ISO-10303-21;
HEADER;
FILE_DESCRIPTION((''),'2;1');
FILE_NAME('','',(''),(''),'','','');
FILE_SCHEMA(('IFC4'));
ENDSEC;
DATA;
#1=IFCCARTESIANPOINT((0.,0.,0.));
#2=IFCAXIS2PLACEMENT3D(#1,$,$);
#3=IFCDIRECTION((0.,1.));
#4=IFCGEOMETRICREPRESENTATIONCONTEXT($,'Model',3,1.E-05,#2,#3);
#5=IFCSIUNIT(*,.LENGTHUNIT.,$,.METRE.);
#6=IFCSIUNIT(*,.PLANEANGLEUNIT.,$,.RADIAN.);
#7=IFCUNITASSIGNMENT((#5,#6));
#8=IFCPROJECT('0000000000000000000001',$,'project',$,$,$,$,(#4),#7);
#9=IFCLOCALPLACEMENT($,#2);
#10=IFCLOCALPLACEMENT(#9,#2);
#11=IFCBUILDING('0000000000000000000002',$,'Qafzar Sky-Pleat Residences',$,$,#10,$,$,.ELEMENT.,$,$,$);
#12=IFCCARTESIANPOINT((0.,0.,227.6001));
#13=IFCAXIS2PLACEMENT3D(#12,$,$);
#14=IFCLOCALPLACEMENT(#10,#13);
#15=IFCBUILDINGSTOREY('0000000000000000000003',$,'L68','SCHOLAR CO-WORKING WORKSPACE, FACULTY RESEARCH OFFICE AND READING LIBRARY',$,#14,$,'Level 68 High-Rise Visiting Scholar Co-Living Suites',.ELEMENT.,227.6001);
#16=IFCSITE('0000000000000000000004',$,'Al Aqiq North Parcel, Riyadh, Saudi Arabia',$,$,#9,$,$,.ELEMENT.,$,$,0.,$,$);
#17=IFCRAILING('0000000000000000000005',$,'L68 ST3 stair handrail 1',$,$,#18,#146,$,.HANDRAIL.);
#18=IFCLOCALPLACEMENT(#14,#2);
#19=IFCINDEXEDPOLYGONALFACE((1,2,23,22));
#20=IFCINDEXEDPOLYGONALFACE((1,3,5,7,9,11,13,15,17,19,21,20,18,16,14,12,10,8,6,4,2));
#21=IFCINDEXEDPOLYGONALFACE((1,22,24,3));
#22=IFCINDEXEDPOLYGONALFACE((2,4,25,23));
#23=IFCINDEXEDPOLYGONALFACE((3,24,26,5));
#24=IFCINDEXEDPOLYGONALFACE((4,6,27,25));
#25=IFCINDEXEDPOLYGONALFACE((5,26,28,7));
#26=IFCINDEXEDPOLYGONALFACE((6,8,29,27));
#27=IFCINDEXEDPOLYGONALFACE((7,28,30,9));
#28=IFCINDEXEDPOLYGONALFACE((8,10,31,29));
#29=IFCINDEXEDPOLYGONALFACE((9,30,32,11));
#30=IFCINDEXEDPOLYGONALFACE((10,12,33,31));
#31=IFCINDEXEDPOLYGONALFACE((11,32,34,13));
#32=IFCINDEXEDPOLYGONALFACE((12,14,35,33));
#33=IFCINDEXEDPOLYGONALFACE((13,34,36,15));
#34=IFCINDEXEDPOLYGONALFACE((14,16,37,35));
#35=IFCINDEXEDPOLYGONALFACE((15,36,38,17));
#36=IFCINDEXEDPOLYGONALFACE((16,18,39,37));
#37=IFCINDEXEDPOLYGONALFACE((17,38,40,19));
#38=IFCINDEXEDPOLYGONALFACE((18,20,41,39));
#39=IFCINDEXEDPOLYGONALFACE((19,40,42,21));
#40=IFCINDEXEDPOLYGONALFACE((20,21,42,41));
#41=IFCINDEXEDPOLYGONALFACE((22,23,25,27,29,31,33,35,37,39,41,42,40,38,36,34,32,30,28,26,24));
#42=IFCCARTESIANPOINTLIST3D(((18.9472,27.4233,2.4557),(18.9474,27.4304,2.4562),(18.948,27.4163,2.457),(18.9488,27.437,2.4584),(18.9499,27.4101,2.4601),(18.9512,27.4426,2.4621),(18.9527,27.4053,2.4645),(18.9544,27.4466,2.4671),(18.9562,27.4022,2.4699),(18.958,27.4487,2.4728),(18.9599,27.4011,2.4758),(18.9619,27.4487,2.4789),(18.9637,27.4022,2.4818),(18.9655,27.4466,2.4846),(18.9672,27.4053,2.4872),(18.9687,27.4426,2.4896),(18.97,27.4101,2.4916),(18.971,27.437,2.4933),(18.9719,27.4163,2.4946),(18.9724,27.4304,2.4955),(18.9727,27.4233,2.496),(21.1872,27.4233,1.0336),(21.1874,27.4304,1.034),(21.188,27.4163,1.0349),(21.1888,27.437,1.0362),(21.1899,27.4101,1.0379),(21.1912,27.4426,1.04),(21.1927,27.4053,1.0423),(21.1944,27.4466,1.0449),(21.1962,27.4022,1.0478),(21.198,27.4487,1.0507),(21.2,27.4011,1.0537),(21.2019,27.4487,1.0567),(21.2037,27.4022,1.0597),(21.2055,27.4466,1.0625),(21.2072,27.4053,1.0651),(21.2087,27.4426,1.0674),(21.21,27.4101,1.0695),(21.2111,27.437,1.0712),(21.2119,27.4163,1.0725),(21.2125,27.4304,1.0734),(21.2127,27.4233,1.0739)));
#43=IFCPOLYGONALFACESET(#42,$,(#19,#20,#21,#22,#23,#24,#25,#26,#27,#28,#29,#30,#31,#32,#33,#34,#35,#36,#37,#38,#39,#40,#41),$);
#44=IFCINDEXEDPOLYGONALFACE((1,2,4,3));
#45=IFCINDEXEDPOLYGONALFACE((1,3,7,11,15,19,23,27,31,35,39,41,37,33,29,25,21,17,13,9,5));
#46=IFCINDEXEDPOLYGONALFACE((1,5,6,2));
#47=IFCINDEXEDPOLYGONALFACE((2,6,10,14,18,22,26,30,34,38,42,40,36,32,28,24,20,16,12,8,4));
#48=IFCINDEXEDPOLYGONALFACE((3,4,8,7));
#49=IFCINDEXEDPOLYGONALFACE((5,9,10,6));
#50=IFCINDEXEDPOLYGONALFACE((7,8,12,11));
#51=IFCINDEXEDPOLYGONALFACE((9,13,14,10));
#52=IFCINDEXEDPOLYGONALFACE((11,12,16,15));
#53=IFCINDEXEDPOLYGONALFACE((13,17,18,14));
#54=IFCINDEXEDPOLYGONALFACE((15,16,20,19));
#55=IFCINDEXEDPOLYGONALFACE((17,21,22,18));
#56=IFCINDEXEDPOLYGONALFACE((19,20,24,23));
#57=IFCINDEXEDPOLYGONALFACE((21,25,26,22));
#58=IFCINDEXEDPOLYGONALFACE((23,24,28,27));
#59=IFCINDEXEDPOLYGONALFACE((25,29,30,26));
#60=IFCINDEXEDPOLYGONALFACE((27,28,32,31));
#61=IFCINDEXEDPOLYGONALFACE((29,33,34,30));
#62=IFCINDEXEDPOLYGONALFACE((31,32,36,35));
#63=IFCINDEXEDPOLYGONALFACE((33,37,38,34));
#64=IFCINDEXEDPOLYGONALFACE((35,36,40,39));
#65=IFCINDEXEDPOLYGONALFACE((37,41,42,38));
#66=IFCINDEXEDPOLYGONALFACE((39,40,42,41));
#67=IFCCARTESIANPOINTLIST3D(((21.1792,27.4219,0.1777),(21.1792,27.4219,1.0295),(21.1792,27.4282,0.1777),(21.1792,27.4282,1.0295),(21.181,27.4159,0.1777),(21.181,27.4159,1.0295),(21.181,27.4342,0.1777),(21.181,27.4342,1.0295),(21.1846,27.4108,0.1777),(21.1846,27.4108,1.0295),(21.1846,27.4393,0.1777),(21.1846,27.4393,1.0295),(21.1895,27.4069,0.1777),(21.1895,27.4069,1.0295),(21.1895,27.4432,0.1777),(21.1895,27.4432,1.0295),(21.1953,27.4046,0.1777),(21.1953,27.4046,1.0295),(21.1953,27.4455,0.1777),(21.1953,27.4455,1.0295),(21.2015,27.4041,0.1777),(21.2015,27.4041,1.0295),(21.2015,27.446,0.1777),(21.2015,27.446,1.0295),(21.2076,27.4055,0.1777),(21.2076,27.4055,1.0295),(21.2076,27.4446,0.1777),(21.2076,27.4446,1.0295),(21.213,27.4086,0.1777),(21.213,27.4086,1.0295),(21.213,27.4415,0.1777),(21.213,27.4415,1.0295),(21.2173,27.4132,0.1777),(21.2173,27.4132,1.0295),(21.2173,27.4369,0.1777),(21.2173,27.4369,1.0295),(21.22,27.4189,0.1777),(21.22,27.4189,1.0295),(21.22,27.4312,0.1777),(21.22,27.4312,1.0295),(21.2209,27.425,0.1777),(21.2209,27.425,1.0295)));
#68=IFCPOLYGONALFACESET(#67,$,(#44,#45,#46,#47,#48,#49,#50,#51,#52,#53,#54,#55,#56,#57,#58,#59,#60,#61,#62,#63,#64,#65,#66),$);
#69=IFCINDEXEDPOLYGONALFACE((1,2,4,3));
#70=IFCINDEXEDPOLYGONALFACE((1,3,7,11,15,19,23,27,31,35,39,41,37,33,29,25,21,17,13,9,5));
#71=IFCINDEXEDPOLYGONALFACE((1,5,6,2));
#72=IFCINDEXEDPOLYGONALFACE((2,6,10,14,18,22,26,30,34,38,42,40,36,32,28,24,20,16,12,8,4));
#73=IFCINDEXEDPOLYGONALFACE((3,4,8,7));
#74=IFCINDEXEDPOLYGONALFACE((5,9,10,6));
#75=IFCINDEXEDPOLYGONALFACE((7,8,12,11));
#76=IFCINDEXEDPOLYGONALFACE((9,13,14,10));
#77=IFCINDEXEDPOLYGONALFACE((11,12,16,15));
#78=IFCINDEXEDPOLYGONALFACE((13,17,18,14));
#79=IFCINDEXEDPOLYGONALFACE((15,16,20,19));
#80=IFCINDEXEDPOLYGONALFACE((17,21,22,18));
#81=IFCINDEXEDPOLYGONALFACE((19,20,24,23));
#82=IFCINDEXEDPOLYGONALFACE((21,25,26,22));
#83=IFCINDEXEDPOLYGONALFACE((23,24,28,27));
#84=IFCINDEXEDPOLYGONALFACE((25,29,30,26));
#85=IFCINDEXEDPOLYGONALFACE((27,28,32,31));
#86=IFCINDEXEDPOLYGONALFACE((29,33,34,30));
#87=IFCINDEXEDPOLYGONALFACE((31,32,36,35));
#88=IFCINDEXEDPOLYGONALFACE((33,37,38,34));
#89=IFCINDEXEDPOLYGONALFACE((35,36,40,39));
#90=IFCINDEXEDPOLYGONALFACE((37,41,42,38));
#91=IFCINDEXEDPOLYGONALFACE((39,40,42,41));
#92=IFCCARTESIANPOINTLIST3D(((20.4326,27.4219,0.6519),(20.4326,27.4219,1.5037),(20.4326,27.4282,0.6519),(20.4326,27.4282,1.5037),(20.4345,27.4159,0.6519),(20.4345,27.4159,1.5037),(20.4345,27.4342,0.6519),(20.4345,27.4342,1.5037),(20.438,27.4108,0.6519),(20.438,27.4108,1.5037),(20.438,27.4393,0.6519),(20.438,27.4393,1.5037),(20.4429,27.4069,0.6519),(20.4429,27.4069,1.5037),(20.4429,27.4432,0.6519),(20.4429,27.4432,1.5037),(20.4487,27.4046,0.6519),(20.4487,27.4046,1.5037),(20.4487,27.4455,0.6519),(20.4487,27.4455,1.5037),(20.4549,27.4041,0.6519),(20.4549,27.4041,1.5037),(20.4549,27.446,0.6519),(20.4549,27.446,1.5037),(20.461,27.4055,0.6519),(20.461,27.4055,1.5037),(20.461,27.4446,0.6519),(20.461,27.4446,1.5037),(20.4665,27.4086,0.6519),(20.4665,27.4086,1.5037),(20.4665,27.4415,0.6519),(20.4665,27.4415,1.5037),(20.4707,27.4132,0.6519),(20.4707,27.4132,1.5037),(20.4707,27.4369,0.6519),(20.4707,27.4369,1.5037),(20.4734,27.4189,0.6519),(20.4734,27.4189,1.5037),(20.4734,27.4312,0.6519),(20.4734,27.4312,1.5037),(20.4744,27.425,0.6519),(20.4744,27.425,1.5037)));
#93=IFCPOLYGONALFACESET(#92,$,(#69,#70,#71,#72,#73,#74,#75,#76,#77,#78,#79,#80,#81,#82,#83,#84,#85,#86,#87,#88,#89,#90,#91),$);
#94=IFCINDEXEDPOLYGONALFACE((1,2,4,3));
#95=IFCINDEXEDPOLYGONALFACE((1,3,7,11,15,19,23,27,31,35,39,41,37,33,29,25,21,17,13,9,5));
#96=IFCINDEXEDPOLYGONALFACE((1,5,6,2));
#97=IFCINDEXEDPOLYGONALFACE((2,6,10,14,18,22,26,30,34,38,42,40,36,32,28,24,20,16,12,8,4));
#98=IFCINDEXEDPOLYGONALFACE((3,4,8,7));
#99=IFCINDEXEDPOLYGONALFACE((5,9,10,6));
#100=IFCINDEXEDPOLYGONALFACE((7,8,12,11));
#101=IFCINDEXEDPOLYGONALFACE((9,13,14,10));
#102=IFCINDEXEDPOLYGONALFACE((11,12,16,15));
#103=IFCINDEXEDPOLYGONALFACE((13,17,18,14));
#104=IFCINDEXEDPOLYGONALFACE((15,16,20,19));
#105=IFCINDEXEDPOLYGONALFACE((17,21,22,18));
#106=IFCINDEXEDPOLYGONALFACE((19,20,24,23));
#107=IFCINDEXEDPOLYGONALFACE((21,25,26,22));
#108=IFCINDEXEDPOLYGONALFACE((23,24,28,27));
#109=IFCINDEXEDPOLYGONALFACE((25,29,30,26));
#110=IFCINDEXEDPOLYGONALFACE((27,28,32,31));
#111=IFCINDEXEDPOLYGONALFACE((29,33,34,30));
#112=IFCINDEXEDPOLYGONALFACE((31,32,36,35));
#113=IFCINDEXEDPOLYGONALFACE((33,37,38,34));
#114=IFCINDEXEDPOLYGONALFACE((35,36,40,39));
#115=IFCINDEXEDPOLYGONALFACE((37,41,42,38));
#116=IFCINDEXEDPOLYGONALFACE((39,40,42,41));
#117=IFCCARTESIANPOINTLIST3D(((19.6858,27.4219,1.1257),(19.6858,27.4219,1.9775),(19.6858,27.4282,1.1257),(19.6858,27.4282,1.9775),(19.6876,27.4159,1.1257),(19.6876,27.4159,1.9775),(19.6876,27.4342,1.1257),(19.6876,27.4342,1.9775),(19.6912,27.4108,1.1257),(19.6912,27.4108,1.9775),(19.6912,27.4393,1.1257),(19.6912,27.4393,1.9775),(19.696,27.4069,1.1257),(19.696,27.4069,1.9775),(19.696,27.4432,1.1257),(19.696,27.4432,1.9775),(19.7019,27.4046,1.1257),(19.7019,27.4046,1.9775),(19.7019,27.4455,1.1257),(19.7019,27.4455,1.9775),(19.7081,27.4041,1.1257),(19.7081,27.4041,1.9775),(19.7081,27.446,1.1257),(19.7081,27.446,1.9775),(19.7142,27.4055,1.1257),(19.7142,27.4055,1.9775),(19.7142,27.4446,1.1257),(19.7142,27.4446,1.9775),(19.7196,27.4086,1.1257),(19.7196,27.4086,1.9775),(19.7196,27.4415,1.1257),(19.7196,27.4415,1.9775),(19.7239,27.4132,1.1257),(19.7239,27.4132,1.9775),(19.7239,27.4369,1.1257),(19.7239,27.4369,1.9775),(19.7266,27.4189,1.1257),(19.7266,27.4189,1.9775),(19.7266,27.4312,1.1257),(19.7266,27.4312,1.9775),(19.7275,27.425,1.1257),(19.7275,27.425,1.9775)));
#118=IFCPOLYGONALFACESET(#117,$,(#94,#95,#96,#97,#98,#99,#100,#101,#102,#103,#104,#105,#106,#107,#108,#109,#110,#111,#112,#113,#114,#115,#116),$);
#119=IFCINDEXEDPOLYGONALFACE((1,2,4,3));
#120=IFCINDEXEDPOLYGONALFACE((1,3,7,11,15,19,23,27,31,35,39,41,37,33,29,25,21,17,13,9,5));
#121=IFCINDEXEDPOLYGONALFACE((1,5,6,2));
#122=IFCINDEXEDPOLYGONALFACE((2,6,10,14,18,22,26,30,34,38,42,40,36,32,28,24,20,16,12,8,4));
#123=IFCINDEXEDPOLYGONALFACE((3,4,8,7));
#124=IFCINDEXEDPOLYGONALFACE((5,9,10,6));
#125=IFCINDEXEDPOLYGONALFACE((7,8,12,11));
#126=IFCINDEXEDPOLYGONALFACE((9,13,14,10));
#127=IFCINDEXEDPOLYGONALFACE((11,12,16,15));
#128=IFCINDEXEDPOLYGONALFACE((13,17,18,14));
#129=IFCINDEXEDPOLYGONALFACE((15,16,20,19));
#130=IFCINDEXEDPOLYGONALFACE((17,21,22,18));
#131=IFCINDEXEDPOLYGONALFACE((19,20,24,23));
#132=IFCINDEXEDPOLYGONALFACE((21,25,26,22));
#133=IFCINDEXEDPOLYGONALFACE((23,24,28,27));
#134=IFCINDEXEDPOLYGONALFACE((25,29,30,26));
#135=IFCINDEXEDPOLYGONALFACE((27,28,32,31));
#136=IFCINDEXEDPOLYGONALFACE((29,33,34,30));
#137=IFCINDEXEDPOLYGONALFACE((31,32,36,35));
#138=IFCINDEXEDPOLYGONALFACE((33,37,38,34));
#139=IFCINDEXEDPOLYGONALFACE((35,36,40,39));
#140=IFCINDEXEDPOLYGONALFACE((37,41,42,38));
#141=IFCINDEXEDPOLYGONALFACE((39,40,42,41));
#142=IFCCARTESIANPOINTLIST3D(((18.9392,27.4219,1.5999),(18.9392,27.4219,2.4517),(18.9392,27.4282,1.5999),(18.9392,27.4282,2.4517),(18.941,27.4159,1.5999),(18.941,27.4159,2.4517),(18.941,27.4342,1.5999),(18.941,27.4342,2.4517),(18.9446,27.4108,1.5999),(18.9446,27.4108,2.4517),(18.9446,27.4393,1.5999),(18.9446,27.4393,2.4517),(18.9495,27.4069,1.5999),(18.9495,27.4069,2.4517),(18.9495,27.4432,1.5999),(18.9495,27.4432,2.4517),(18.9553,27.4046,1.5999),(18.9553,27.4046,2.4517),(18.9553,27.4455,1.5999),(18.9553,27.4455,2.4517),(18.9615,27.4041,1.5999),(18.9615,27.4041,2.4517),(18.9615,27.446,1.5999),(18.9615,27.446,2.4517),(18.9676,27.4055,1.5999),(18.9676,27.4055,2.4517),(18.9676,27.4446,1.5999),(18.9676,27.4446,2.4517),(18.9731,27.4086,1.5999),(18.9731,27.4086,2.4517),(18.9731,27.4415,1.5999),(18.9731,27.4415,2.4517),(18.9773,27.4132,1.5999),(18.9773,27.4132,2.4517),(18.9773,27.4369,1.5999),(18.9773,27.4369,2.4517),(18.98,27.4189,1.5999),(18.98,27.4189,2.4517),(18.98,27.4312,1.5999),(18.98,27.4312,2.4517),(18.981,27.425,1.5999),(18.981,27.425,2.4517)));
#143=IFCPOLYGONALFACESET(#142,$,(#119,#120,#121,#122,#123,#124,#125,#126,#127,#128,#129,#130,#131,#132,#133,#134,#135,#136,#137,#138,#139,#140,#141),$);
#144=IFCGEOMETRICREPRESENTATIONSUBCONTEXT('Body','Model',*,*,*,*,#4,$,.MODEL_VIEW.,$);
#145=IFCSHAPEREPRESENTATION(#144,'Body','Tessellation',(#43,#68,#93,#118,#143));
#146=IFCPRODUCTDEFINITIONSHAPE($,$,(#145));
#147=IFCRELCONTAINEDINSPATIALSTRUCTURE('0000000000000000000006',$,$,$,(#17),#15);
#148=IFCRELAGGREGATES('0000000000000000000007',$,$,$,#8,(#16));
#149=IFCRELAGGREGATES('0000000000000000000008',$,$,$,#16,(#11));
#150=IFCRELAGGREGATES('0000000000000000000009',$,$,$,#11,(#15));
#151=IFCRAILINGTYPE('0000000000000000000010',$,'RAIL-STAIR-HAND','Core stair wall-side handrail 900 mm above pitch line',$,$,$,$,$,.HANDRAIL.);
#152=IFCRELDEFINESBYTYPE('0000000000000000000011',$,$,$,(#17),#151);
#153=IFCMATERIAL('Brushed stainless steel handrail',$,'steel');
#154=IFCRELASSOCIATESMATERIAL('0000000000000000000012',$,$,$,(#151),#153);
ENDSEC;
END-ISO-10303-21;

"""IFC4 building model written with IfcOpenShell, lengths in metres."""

from ifc_helpers import new_model, si_unit, direction, frame, origin, origin_2d, place, context, subcontext, project, spatial, circle, extrude, source, transform, mapped, material, type_object, element, save


model = new_model("IFC4")

# Units and contexts
model_context = context("Model", 3, precision=1e-05, world=origin(), true_north=direction((0.0, 1.0)))
body_context = subcontext(model_context, "Body", "Model", "MODEL_VIEW")
ifc_project = project(units=[si_unit("LENGTHUNIT", "METRE"), si_unit("PLANEANGLEUNIT", "RADIAN")], contexts=[model_context])

# Site, building, storey
site_placement = place(None, origin())
site = spatial("IfcSite", under=ifc_project, at=site_placement, Name="Al Aqiq North Parcel, Riyadh, Saudi Arabia", CompositionType="ELEMENT", RefElevation=0.0)
building_placement = place(site_placement, origin())
building = spatial("IfcBuilding", under=site, at=building_placement, Name="Qafzar Sky-Pleat Residences", CompositionType="ELEMENT")
storey_placement = place(building_placement, frame((0.0, 0.0, 227.6001)))
storey = spatial("IfcBuildingStorey", under=building, at=storey_placement, Name="L68", Description="SCHOLAR CO-WORKING WORKSPACE, FACULTY RESEARCH OFFICE AND READING LIBRARY", LongName="Level 68 High-Rise Visiting Scholar Co-Living Suites", CompositionType="ELEMENT", Elevation=227.6001)

# Railing
ifc_material_1 = material(Name="Brushed stainless steel handrail", Category="steel")
railing_type_1 = type_object("IfcRailingType", Name="RAIL-STAIR-HAND", Description="Core stair wall-side handrail 900 mm above pitch line", PredefinedType="HANDRAIL", material=ifc_material_1)
shared_shape_1 = source(origin(), body_context, "Body", "SweptSolid", [
    extrude(circle(Radius=0.0239, at=origin_2d()), frame((0.0, 0.0, 0.876), z_axis=(-0.844229, 0.0, 0.535982), x_axis=(0.0, -1.0, 0.0)), (0.0, 0.0, 1.0), 2.6533),
    extrude(circle(Radius=0.021, at=origin_2d()), origin(), (0.0, 0.0, 1.0), 0.8518),
    extrude(circle(Radius=0.021, at=origin_2d()), frame((-0.7466, 0.0, 0.4741)), (0.0, 0.0, 1.0), 0.8518),
    extrude(circle(Radius=0.021, at=origin_2d()), frame((-1.4934, 0.0, 0.948)), (0.0, 0.0, 1.0), 0.8518),
    extrude(circle(Radius=0.021, at=origin_2d()), frame((-2.24, 0.0, 1.4221)), (0.0, 0.0, 1.0), 0.8518),
])
railing_1_placement = place(storey_placement, frame((21.2, 27.425, 0.1777)))
element("IfcRailing", 1, at=railing_1_placement, inside=storey, type_object=railing_type_1, Name="L68 ST3 stair handrail 1", PredefinedType="HANDRAIL", context=body_context, shape_type="MappedRepresentation", body=[
    mapped(shared_shape_1, transform((0.0, 0.0, 0.0), x_axis=(1.0, 0.0, 0.0), y_axis=(0.0, 1.0, 0.0), z_axis=(0.0, 0.0, 1.0), scale=1.0)),
])

save(model, "model.ifc")
